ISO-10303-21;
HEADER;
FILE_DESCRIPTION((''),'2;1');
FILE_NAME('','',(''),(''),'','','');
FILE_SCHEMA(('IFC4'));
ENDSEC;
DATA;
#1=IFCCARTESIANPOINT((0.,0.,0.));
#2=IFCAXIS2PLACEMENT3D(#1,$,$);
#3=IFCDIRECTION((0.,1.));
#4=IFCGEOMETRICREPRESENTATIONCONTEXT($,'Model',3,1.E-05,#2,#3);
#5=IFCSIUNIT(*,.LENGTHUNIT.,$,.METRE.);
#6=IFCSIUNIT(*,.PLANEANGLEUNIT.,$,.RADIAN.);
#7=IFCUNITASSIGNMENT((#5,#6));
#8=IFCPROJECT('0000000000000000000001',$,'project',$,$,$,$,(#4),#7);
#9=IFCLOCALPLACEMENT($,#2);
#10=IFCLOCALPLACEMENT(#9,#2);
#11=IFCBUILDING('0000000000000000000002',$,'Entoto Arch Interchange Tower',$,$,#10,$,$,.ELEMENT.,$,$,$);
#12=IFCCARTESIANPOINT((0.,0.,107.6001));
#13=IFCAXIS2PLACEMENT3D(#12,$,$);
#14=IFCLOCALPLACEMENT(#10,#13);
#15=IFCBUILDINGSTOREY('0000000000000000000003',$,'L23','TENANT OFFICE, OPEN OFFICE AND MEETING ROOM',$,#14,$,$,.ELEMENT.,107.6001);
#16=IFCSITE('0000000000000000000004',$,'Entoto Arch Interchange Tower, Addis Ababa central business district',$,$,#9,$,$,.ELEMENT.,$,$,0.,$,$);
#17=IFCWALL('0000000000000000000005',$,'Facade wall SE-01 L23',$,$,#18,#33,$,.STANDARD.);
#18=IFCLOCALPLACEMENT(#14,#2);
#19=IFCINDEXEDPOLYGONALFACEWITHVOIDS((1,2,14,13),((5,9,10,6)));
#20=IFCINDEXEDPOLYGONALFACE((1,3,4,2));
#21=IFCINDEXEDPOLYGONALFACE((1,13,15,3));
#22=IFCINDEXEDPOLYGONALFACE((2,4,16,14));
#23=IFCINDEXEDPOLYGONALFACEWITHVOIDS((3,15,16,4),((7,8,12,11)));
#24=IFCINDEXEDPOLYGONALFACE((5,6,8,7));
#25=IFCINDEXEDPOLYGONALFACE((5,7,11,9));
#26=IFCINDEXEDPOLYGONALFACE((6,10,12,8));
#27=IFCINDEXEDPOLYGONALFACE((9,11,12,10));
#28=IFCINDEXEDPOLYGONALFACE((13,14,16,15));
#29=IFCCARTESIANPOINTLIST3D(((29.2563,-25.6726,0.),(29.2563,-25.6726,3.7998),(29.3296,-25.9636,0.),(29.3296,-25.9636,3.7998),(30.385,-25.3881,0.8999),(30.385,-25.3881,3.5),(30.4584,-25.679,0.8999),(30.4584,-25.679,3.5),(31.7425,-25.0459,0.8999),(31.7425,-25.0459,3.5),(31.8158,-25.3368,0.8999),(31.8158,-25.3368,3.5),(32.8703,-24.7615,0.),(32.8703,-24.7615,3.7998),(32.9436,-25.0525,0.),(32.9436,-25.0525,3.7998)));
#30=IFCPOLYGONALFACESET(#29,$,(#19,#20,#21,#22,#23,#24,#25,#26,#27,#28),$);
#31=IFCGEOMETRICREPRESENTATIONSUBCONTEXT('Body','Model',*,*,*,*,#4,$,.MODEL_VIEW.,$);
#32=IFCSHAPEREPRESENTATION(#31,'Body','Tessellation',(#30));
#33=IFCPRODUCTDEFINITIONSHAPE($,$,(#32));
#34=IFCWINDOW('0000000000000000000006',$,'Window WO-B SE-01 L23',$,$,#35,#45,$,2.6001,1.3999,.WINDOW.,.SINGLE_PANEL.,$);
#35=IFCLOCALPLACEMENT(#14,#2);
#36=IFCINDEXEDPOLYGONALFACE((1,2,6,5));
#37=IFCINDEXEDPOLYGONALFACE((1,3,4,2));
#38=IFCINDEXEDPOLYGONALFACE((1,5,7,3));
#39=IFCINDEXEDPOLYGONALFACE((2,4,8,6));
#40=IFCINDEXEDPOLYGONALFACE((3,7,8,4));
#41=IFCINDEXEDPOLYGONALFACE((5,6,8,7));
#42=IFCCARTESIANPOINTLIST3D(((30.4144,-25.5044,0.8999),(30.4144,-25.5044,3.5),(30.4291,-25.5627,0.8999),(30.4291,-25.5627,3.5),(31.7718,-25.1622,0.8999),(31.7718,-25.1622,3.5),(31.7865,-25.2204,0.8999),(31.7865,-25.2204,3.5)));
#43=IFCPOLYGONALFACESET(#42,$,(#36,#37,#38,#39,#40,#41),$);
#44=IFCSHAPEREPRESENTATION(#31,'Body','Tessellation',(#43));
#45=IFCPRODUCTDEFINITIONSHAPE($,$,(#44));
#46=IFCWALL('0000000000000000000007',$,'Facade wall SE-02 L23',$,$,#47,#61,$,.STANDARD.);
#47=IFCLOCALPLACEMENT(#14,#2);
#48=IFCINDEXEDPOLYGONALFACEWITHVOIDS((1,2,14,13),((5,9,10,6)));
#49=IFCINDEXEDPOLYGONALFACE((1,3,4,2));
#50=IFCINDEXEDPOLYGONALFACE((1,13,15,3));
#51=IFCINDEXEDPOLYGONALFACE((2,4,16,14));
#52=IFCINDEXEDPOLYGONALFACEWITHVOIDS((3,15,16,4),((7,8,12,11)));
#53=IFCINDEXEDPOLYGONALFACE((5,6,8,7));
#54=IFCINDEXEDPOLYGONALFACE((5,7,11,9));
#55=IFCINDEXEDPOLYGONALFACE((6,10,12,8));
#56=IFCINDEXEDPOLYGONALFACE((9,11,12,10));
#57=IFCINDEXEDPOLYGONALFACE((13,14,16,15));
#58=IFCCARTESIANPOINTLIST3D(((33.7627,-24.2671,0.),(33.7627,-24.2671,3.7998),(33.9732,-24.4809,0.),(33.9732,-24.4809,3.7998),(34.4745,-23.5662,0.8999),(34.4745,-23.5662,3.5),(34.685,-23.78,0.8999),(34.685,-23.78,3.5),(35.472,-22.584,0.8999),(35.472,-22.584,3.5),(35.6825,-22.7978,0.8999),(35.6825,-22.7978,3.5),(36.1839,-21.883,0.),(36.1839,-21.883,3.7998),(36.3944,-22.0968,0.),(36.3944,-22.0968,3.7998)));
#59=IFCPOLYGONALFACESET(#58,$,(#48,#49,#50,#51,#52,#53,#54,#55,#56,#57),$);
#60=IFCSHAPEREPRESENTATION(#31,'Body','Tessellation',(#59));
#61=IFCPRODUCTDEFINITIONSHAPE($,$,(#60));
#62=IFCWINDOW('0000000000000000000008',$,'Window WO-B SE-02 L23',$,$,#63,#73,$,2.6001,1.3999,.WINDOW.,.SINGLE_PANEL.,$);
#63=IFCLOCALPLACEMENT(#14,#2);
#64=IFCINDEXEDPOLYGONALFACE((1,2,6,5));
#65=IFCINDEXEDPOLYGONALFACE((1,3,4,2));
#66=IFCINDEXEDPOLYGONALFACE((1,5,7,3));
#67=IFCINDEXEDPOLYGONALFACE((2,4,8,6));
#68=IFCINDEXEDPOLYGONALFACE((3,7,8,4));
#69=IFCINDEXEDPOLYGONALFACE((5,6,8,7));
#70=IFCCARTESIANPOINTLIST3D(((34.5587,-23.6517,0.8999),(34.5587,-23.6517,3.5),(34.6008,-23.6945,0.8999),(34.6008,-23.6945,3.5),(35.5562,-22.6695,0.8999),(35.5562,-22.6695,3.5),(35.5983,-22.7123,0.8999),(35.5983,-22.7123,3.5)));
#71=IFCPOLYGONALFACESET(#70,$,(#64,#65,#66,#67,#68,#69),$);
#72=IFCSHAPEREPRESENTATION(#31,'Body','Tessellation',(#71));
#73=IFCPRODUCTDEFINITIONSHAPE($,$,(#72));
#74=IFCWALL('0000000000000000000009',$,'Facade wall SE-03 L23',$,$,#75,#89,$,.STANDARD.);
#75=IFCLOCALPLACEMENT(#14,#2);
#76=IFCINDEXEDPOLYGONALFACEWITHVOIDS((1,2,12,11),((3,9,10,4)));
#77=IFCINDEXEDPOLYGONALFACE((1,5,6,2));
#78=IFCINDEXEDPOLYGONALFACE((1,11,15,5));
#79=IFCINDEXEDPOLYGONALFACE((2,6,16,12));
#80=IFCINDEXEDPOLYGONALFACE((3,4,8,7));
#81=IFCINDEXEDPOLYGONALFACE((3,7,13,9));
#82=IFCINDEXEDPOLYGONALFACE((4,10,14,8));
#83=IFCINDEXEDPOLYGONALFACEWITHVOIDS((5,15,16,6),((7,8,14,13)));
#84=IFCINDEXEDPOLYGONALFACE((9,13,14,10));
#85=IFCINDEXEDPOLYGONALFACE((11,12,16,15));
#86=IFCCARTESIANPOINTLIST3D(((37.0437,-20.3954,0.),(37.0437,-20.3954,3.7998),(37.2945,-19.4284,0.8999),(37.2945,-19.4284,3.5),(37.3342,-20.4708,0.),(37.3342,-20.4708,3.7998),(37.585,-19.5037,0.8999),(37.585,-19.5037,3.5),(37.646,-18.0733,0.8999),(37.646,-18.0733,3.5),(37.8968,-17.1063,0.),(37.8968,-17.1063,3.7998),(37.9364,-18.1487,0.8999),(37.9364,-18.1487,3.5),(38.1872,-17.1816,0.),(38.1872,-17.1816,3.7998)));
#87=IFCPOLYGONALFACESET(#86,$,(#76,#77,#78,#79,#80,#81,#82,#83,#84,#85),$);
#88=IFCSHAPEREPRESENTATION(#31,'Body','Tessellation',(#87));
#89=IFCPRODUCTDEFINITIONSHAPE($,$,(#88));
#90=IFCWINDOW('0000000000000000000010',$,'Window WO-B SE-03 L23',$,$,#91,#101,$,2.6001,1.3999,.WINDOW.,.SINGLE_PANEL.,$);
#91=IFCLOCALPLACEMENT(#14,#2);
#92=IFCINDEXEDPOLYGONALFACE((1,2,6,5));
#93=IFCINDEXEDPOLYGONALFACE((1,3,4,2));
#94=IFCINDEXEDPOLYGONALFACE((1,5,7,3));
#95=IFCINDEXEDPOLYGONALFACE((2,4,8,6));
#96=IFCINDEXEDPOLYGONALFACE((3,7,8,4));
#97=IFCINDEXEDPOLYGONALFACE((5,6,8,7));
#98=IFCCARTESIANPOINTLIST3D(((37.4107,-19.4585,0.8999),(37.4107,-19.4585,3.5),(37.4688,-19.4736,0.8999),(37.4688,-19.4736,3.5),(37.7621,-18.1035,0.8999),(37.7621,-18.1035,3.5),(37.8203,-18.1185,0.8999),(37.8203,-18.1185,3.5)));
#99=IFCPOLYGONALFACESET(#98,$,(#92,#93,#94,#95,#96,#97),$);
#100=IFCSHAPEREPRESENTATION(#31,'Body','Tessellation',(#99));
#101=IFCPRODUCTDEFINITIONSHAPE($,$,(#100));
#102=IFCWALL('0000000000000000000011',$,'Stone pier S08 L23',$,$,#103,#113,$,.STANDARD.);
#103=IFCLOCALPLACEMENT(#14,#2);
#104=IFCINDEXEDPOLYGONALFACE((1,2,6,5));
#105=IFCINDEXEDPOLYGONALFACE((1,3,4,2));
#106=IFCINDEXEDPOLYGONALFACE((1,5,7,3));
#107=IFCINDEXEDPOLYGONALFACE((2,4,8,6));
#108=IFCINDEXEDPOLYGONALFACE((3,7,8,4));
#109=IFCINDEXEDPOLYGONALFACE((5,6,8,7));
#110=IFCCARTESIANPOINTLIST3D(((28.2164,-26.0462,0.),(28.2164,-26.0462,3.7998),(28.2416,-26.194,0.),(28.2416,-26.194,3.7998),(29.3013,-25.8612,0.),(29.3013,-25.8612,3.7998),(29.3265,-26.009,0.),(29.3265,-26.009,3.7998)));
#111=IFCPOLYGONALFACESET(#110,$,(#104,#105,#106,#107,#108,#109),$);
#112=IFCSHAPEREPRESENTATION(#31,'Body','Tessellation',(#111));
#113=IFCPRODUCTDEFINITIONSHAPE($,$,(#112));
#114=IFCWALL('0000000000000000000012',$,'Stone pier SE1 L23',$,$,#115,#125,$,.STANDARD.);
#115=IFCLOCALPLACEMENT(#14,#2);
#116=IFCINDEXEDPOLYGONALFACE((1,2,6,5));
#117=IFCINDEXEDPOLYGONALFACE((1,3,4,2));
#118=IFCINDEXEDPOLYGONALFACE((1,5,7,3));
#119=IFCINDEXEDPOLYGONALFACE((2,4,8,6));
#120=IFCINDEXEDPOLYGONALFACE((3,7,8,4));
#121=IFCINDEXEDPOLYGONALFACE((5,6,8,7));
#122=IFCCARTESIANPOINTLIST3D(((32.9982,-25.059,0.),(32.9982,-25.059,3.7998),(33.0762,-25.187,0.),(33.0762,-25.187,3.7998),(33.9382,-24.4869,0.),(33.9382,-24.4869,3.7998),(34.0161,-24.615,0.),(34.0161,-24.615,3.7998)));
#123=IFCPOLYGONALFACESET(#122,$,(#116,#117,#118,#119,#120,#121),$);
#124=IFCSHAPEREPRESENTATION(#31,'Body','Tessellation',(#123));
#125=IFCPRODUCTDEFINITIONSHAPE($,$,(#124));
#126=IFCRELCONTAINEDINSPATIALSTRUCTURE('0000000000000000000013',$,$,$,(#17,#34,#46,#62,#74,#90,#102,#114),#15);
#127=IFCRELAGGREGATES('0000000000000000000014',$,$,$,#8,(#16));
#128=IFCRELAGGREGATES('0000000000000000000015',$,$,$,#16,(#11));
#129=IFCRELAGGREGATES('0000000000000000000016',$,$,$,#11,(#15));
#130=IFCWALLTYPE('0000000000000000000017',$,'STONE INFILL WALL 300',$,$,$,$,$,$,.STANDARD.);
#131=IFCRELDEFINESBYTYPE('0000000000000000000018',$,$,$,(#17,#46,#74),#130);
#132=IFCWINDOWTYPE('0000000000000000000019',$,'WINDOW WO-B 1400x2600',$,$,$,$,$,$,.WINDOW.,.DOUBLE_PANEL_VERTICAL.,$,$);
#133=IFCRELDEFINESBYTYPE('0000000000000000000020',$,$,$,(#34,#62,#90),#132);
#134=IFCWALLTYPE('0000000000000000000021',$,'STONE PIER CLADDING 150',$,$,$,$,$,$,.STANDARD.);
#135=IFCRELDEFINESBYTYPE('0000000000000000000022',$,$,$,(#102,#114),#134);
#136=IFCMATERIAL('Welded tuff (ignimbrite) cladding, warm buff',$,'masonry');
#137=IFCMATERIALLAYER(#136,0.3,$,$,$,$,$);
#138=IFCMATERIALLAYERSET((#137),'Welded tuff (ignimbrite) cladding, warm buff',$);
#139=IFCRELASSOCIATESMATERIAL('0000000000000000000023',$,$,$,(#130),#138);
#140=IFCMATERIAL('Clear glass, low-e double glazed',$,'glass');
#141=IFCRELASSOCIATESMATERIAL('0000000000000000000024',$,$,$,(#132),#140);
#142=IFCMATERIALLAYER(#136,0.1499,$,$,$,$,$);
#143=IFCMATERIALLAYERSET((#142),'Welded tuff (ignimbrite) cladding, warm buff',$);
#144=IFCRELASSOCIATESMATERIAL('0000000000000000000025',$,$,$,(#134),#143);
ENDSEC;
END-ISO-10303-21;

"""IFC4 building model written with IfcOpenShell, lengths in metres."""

from ifc_helpers import new_model, si_unit, direction, frame, frame_2d, origin, place, context, subcontext, project, spatial, rectangle, extrude, material, layer, layer_set, type_object, element, fill, save


model = new_model("IFC4")

# Units and contexts
model_context = context("Model", 3, precision=1e-05, world=origin(), true_north=direction((0.0, 1.0)))
body_context = subcontext(model_context, "Body", "Model", "MODEL_VIEW")
ifc_project = project(units=[si_unit("LENGTHUNIT", "METRE"), si_unit("PLANEANGLEUNIT", "RADIAN")], contexts=[model_context])

# Site, building, storey
site_placement = place(None, origin())
site = spatial("IfcSite", under=ifc_project, at=site_placement, Name="Entoto Arch Interchange Tower, Addis Ababa central business district", CompositionType="ELEMENT", RefElevation=0.0)
building_placement = place(site_placement, origin())
building = spatial("IfcBuilding", under=site, at=building_placement, Name="Entoto Arch Interchange Tower", CompositionType="ELEMENT")
storey_placement = place(building_placement, frame((0.0, 0.0, 107.6001)))
storey = spatial("IfcBuildingStorey", under=building, at=storey_placement, Name="L23", Description="TENANT OFFICE, OPEN OFFICE AND MEETING ROOM", CompositionType="ELEMENT", Elevation=107.6001)

# Walls, openings, windows
ifc_material_1 = material(Name="Welded tuff (ignimbrite) cladding, warm buff", Category="masonry")
ifc_layer_1 = layer(ifc_material_1, 0.3)
ifc_layer_set_1 = layer_set([ifc_layer_1], Name="Welded tuff (ignimbrite) cladding, warm buff")
wall_type_1 = type_object("IfcWallType", Name="STONE INFILL WALL 300", PredefinedType="STANDARD", material=ifc_layer_set_1)
wall_1_placement = place(storey_placement, frame((29.293, -25.8181, 0.0), z_axis=(0.0, 0.0, 1.0), x_axis=(0.969659, 0.244462, 0.0)))
wall_1 = element("IfcWall", 1, at=wall_1_placement, inside=storey, type_object=wall_type_1, Name="Facade wall SE-01 L23", PredefinedType="STANDARD", context=body_context, shape_type="SweptSolid", body=[
    extrude(rectangle(XDim=3.7271, YDim=0.3, at=frame_2d((1.8635, 0.0))), origin(), (0.0, 0.0, 1.0), 3.7998),
])
opening_1_placement = place(wall_1_placement, frame((1.1641, 0.0, 0.8999)))
opening_1 = element("IfcOpeningElement", 2, at=opening_1_placement, cuts=wall_1, PredefinedType="OPENING", context=body_context, shape_type="SweptSolid", body=[
    extrude(rectangle(XDim=1.3999, YDim=2.6001, at=frame_2d((0.7, 1.3))), frame((0.0, 0.1602, 0.0), z_axis=(0.0, -1.0, 0.0), x_axis=(1.0, 0.0, 0.0)), (0.0, 0.0, 1.0), 0.3201),
])
ifc_material_2 = material(Name="Clear glass, low-e double glazed", Category="glass")
window_type = type_object("IfcWindowType", Name="WINDOW WO-B 1400x2600", PartitioningType="DOUBLE_PANEL_VERTICAL", PredefinedType="WINDOW", material=ifc_material_2)
window_1_placement = place(opening_1_placement, origin())
window_1 = element("IfcWindow", 3, at=window_1_placement, inside=storey, type_object=window_type, Name="Window WO-B SE-01 L23", OverallHeight=2.6001, OverallWidth=1.3999, PartitioningType="SINGLE_PANEL", PredefinedType="WINDOW", context=body_context, shape_type="SweptSolid", body=[
    extrude(rectangle(XDim=1.3999, YDim=2.6001, at=frame_2d((0.7, 1.3))), frame((0.0, 0.03, 0.0), z_axis=(0.0, -1.0, 0.0), x_axis=(1.0, 0.0, 0.0)), (0.0, 0.0, 1.0), 0.0601),
])
fill(opening_1, window_1)
wall_2_placement = place(storey_placement, frame((33.8679, -24.374, 0.0), z_axis=(0.0, 0.0, 1.0), x_axis=(0.712546, 0.701625, 0.0)))
wall_2 = element("IfcWall", 4, at=wall_2_placement, inside=storey, type_object=wall_type_1, Name="Facade wall SE-02 L23", PredefinedType="STANDARD", context=body_context, shape_type="SweptSolid", body=[
    extrude(rectangle(XDim=3.3979, YDim=0.3, at=frame_2d((1.699, 0.0))), origin(), (0.0, 0.0, 1.0), 3.7998),
])
opening_2_placement = place(wall_2_placement, frame((0.999, 0.0, 0.8999)))
opening_2 = element("IfcOpeningElement", 5, at=opening_2_placement, cuts=wall_2, PredefinedType="OPENING", context=body_context, shape_type="SweptSolid", body=[
    extrude(rectangle(XDim=1.3999, YDim=2.6001, at=frame_2d((0.7, 1.3))), frame((0.0, 0.1602, 0.0), z_axis=(0.0, -1.0, 0.0), x_axis=(1.0, 0.0, 0.0)), (0.0, 0.0, 1.0), 0.3201),
])
window_2_placement = place(opening_2_placement, origin())
window_2 = element("IfcWindow", 6, at=window_2_placement, inside=storey, type_object=window_type, Name="Window WO-B SE-02 L23", OverallHeight=2.6001, OverallWidth=1.3999, PartitioningType="SINGLE_PANEL", PredefinedType="WINDOW", context=body_context, shape_type="SweptSolid", body=[
    extrude(rectangle(XDim=1.3999, YDim=2.6001, at=frame_2d((0.7, 1.3))), frame((0.0, 0.03, 0.0), z_axis=(0.0, -1.0, 0.0), x_axis=(1.0, 0.0, 0.0)), (0.0, 0.0, 1.0), 0.0601),
])
fill(opening_2, window_2)
wall_3_placement = place(storey_placement, frame((37.189, -20.4331, 0.0), z_axis=(0.0, 0.0, 1.0), x_axis=(0.251047, 0.967975, 0.0)))
wall_3 = element("IfcWall", 7, at=wall_3_placement, inside=storey, type_object=wall_type_1, Name="Facade wall SE-03 L23", PredefinedType="STANDARD", context=body_context, shape_type="SweptSolid", body=[
    extrude(rectangle(XDim=3.3979, YDim=0.3, at=frame_2d((1.699, 0.0))), origin(), (0.0, 0.0, 1.0), 3.7998),
])
opening_3_placement = place(wall_3_placement, frame((0.999, 0.0, 0.8999)))
opening_3 = element("IfcOpeningElement", 8, at=opening_3_placement, cuts=wall_3, PredefinedType="OPENING", context=body_context, shape_type="SweptSolid", body=[
    extrude(rectangle(XDim=1.3999, YDim=2.6001, at=frame_2d((0.7, 1.3))), frame((0.0, 0.1602, 0.0), z_axis=(0.0, -1.0, 0.0), x_axis=(1.0, 0.0, 0.0)), (0.0, 0.0, 1.0), 0.3201),
])
window_3_placement = place(opening_3_placement, origin())
window_3 = element("IfcWindow", 9, at=window_3_placement, inside=storey, type_object=window_type, Name="Window WO-B SE-03 L23", OverallHeight=2.6001, OverallWidth=1.3999, PartitioningType="SINGLE_PANEL", PredefinedType="WINDOW", context=body_context, shape_type="SweptSolid", body=[
    extrude(rectangle(XDim=1.3999, YDim=2.6001, at=frame_2d((0.7, 1.3))), frame((0.0, 0.03, 0.0), z_axis=(0.0, -1.0, 0.0), x_axis=(1.0, 0.0, 0.0)), (0.0, 0.0, 1.0), 0.0601),
])
fill(opening_3, window_3)

# Walls
ifc_layer_2 = layer(ifc_material_1, 0.1499)
ifc_layer_set_2 = layer_set([ifc_layer_2], Name="Welded tuff (ignimbrite) cladding, warm buff")
wall_type_2 = type_object("IfcWallType", Name="STONE PIER CLADDING 150", PredefinedType="STANDARD", material=ifc_layer_set_2)
wall_4_placement = place(storey_placement, frame((28.229, -26.1201, 0.0), z_axis=(0.0, 0.0, 1.0), x_axis=(0.985763, 0.168139, 0.0)))
element("IfcWall", 10, at=wall_4_placement, inside=storey, type_object=wall_type_2, Name="Stone pier S08 L23", PredefinedType="STANDARD", context=body_context, shape_type="SweptSolid", body=[
    extrude(rectangle(XDim=1.1006, YDim=0.1499, at=frame_2d((0.5503, 0.0))), origin(), (0.0, 0.0, 1.0), 3.7998),
])
wall_5_placement = place(storey_placement, frame((33.0371, -25.123, 0.0), z_axis=(0.0, 0.0, 1.0), x_axis=(0.854246, 0.51987, 0.0)))
element("IfcWall", 11, at=wall_5_placement, inside=storey, type_object=wall_type_2, Name="Stone pier SE1 L23", PredefinedType="STANDARD", context=body_context, shape_type="SweptSolid", body=[
    extrude(rectangle(XDim=1.1003, YDim=0.1499, at=frame_2d((0.5503, 0.0))), origin(), (0.0, 0.0, 1.0), 3.7998),
])

save(model, "model.ifc")
